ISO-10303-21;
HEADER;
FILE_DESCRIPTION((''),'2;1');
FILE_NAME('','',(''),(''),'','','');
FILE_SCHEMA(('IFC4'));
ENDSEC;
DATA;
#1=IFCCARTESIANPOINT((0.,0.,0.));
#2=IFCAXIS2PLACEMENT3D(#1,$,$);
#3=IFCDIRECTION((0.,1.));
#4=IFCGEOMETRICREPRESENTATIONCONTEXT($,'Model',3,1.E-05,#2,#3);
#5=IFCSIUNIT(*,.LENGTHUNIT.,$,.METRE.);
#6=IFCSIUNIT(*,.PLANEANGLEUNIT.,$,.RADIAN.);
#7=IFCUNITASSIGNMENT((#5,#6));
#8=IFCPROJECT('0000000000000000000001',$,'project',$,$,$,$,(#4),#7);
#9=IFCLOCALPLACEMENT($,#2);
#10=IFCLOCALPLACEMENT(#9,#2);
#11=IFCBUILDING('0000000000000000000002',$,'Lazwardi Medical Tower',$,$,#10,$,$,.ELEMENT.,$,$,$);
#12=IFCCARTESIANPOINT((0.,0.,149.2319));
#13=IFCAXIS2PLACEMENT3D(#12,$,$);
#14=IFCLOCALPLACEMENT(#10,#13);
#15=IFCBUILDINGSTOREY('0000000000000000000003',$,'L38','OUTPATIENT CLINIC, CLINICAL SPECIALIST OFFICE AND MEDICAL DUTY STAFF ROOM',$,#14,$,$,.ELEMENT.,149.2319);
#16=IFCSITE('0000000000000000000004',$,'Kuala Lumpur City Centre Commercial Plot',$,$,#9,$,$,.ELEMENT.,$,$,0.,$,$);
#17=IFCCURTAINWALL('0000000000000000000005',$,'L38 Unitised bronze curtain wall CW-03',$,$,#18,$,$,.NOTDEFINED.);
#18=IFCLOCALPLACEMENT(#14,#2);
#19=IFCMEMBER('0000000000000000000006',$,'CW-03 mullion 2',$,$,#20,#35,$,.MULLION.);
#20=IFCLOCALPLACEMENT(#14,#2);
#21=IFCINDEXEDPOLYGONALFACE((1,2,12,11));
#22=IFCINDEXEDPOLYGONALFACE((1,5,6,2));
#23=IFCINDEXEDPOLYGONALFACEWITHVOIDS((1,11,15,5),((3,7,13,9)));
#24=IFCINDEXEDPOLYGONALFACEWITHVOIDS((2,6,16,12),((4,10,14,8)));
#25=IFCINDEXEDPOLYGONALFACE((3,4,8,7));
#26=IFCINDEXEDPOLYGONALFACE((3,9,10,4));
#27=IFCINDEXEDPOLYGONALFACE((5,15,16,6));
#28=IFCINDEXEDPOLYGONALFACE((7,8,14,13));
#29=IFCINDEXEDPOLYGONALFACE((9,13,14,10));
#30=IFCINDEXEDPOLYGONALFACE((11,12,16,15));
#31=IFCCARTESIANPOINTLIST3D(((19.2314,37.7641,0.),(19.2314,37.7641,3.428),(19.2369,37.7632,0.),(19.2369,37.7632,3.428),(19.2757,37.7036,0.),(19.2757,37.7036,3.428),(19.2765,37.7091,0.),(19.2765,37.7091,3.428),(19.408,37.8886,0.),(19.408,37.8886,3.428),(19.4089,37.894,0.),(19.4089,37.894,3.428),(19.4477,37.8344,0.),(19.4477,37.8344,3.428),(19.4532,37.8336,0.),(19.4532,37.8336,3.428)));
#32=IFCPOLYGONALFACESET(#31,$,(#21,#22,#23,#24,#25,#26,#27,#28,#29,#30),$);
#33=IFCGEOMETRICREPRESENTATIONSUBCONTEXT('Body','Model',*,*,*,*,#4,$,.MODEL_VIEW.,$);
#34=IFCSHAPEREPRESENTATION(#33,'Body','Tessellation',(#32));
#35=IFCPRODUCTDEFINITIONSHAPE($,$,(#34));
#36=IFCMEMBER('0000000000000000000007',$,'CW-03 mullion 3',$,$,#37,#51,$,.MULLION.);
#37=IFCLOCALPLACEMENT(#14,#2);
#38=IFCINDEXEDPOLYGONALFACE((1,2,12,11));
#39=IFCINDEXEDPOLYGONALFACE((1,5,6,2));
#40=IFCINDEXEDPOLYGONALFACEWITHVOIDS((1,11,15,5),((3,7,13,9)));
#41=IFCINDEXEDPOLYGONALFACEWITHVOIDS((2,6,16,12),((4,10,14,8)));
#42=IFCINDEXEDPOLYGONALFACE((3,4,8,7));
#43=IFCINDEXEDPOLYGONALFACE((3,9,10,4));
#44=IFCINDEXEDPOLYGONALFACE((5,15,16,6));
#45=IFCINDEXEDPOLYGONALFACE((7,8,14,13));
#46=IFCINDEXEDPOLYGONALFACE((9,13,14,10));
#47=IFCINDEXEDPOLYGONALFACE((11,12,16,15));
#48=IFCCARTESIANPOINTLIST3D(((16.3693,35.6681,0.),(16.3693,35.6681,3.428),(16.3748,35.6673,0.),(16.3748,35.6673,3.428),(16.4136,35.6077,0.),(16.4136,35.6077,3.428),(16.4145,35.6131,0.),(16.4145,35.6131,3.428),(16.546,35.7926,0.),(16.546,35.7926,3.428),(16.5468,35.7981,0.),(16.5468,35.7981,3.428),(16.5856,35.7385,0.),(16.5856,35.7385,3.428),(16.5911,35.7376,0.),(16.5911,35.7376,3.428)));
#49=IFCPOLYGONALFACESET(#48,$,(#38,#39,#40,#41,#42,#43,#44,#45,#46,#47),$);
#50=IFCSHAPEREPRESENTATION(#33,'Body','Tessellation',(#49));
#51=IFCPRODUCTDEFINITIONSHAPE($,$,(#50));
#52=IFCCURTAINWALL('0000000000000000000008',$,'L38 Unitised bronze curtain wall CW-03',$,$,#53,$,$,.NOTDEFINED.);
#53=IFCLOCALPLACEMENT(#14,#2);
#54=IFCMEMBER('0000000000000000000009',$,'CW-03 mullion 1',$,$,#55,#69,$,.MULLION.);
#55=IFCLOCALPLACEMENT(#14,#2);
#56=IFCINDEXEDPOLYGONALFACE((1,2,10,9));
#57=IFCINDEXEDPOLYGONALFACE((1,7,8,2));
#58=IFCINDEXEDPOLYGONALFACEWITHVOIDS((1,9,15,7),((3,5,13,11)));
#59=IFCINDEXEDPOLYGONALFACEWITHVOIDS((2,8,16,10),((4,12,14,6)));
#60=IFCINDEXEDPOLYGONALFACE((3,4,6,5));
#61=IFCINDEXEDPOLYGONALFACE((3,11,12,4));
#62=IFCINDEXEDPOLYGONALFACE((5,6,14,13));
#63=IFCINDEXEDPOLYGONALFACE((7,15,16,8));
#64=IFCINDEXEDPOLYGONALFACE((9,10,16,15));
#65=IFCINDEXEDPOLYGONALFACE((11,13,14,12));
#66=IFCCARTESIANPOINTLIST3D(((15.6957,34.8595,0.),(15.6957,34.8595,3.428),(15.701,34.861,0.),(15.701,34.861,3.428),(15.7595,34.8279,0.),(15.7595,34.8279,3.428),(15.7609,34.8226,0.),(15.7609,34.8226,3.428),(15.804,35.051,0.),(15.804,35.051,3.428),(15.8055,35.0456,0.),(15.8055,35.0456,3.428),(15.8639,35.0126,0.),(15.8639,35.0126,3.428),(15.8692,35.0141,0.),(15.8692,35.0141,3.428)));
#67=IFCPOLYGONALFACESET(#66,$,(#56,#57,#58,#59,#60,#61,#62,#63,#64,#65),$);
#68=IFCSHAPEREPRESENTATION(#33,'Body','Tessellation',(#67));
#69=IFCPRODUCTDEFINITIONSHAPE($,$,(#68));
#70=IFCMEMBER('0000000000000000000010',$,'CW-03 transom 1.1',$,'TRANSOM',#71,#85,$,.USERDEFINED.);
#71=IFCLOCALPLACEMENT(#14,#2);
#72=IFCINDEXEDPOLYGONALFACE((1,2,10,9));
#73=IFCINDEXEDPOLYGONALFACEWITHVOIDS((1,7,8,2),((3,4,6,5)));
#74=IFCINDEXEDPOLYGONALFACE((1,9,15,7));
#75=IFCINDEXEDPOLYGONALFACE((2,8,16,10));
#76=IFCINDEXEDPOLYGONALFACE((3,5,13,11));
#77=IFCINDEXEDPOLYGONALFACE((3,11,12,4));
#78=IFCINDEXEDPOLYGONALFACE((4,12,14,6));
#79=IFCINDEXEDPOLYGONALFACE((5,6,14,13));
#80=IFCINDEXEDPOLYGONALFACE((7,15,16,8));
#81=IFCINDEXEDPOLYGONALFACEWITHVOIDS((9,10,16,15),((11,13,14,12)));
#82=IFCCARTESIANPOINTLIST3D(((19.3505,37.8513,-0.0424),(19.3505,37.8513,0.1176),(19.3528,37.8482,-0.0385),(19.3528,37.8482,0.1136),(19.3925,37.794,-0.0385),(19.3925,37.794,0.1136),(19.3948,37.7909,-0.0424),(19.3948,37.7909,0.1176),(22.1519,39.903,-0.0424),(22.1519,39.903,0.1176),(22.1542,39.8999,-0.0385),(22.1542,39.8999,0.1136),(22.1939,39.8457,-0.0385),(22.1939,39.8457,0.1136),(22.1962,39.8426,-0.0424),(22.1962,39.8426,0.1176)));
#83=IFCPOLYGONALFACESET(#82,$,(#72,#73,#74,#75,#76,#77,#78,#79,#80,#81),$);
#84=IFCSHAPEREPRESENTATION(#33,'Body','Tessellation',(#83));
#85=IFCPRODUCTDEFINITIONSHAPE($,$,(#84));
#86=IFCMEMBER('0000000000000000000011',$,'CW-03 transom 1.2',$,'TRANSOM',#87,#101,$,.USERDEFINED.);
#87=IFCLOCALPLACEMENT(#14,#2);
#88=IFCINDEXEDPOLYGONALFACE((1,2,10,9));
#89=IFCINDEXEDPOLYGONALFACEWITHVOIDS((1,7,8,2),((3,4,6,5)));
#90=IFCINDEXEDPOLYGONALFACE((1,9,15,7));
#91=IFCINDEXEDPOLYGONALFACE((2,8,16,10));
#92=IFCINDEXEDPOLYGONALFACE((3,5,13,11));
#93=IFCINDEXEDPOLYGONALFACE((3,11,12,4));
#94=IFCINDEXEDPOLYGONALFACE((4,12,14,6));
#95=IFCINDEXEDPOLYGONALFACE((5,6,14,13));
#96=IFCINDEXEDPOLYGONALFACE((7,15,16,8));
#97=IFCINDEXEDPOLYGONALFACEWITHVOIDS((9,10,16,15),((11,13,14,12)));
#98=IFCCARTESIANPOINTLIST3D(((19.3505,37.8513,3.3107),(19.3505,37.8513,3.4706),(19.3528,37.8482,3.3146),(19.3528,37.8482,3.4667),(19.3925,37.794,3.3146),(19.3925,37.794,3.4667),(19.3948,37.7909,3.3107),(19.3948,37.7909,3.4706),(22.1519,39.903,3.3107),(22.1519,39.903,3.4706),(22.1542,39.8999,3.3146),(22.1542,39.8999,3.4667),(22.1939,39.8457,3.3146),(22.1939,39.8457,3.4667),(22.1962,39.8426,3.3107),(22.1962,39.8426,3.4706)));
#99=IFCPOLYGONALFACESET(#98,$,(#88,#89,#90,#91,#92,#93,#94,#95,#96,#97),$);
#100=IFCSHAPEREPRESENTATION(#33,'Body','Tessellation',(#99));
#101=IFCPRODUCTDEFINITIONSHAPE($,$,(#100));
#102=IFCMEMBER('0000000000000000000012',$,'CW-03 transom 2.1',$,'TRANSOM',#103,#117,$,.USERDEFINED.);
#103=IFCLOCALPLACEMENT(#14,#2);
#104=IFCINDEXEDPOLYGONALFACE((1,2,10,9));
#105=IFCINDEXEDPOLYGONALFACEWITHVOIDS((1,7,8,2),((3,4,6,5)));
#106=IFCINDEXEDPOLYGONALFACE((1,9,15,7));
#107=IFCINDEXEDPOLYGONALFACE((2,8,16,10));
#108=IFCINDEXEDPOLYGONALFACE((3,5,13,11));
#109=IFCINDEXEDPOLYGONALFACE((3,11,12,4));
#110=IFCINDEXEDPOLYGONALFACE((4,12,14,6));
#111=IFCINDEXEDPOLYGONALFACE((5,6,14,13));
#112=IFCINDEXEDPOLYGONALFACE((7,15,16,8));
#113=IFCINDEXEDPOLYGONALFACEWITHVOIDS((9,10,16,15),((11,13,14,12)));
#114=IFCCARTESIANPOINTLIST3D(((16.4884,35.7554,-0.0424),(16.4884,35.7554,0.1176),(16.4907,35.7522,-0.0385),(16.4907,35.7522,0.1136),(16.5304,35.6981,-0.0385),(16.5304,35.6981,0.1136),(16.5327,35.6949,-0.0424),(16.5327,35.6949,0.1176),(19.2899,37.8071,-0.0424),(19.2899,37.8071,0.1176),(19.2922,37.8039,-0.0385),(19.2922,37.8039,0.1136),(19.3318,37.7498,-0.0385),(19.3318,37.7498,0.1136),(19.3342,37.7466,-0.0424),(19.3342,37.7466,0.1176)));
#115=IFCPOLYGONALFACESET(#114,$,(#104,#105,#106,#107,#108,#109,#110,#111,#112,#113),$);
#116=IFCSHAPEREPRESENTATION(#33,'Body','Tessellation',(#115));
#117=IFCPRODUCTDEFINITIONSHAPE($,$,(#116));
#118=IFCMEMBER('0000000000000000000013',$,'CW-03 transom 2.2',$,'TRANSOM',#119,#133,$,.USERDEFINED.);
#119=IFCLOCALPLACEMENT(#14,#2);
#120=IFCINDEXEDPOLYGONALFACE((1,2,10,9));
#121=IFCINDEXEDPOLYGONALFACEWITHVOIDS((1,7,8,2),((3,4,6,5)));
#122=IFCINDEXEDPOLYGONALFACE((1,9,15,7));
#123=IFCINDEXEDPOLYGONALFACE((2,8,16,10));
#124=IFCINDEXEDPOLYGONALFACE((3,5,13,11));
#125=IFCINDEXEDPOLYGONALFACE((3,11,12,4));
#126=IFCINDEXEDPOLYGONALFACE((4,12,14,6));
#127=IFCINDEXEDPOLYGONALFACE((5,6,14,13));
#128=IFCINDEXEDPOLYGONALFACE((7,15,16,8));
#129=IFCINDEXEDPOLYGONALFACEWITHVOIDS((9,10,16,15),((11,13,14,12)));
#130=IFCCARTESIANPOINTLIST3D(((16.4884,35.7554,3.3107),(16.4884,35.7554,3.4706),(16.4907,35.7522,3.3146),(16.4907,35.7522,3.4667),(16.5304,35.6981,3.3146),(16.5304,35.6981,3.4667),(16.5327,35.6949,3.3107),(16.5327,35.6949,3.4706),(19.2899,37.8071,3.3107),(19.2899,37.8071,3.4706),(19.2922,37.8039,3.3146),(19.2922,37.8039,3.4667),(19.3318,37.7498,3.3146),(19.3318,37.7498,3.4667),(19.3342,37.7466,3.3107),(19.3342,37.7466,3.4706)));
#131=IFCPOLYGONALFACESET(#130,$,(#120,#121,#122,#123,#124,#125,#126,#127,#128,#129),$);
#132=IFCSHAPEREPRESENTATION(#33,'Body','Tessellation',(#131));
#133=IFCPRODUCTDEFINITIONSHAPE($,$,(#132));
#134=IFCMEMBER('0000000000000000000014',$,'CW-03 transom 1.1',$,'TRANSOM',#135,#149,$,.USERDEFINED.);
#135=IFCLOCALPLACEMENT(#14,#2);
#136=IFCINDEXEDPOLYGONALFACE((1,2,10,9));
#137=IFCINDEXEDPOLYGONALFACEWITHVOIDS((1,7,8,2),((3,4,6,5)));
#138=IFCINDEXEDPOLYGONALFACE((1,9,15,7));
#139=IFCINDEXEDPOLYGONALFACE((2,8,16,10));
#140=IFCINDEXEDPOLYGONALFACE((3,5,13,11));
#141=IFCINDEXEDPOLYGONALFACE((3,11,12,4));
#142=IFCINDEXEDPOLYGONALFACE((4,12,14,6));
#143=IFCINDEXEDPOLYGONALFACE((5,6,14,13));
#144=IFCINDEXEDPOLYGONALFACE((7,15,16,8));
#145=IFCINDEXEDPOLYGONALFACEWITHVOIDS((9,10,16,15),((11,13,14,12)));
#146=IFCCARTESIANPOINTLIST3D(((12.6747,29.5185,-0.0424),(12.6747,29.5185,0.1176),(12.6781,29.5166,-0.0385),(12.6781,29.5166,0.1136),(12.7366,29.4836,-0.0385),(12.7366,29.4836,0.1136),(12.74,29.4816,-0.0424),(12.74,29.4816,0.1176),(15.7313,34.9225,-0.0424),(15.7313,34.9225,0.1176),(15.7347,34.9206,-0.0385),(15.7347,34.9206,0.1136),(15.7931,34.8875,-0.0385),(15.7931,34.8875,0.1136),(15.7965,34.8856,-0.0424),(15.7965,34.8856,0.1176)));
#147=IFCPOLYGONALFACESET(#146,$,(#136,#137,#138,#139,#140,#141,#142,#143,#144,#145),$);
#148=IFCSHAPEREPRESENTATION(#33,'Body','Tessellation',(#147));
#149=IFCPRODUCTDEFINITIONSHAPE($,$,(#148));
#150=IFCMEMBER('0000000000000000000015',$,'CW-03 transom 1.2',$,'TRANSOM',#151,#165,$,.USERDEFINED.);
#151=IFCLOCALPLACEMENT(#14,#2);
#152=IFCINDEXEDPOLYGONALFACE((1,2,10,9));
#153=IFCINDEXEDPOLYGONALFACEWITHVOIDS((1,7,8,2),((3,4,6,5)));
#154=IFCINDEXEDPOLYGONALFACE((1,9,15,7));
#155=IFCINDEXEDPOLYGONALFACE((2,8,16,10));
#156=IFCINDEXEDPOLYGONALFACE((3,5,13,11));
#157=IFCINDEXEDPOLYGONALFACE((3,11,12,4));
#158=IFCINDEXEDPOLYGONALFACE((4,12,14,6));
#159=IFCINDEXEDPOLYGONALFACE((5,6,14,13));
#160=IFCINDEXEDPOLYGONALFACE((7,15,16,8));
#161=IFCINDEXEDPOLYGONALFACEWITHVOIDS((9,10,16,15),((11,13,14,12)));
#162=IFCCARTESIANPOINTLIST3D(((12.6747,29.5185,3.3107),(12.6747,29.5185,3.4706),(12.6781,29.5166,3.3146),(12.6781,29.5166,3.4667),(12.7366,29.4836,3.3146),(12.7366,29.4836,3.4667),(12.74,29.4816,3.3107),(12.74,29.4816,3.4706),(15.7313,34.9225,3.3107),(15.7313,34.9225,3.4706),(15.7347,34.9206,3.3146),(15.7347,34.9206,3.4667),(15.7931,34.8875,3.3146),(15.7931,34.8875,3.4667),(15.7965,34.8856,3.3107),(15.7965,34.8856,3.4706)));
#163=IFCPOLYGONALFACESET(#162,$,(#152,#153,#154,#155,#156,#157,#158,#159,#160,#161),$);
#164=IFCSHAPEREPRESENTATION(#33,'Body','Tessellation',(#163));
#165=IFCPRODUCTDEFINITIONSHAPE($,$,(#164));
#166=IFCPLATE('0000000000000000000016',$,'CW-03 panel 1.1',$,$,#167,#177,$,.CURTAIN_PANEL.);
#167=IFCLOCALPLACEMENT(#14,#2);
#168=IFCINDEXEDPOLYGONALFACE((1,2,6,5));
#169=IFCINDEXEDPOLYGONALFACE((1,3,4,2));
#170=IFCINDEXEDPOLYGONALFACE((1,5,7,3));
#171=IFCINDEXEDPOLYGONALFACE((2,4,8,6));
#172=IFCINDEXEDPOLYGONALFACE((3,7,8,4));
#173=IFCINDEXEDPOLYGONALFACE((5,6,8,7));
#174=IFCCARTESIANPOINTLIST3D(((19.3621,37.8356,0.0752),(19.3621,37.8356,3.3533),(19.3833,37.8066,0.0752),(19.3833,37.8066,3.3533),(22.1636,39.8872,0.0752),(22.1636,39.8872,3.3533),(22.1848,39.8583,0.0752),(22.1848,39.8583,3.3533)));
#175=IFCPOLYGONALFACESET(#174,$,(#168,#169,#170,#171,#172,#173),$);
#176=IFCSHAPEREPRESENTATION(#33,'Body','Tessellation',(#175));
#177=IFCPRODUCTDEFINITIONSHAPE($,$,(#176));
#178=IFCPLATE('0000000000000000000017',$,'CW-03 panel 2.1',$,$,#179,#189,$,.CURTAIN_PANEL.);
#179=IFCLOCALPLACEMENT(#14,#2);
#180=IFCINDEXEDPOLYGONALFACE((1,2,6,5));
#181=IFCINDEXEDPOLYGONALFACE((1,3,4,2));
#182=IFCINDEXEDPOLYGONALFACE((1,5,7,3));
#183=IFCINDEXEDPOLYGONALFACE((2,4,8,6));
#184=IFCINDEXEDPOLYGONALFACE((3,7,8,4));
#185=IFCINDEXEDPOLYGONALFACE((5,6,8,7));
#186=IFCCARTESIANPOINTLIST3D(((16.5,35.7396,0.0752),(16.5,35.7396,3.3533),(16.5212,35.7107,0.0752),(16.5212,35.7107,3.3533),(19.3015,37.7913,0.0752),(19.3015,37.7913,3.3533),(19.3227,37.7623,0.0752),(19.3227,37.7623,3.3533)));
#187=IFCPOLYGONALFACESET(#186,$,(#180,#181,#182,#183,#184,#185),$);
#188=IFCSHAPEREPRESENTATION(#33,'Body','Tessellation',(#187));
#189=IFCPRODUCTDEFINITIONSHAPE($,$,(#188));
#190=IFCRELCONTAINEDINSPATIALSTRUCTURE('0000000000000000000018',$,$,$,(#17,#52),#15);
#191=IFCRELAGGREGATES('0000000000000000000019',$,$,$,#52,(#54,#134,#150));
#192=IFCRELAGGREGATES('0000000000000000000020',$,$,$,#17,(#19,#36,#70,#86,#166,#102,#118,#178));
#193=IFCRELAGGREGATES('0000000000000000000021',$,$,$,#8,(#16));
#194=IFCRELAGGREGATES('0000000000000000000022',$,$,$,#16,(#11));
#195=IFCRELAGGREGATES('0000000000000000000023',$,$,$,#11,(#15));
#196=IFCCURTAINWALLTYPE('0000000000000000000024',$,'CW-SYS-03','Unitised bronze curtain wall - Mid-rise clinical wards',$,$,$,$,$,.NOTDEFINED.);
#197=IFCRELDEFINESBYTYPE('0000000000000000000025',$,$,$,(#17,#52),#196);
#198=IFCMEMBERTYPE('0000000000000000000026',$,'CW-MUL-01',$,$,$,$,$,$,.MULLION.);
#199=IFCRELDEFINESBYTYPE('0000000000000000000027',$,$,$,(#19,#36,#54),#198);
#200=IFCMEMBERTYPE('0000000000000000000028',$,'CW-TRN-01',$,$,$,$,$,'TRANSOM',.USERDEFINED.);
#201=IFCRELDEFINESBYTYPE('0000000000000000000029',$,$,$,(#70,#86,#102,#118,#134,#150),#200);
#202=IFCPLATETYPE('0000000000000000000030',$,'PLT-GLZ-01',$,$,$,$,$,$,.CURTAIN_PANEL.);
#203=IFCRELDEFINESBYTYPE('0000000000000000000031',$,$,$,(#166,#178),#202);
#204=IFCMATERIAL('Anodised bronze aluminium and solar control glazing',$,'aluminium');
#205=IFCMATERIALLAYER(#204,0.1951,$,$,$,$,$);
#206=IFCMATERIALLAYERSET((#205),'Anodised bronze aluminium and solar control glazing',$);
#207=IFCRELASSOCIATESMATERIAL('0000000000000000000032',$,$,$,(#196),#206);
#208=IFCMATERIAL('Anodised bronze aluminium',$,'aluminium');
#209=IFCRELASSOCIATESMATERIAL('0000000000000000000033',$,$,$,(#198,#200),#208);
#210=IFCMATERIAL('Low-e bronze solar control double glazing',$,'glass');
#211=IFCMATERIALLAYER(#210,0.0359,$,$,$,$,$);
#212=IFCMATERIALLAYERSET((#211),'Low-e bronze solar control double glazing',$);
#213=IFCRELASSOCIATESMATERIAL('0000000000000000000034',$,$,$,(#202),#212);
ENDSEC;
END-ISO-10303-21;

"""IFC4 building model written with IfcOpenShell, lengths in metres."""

from ifc_helpers import new_model, si_unit, direction, frame, origin, origin_2d, place, context, subcontext, project, spatial, rectangle, hollow_rectangle, extrude, material, layer, layer_set, material_profile, profile_set, type_object, element, aggregate, save


model = new_model("IFC4")

# Units and contexts
model_context = context("Model", 3, precision=1e-05, world=origin(), true_north=direction((0.0, 1.0)))
body_context = subcontext(model_context, "Body", "Model", "MODEL_VIEW")
ifc_project = project(units=[si_unit("LENGTHUNIT", "METRE"), si_unit("PLANEANGLEUNIT", "RADIAN")], contexts=[model_context])

# Site, building, storey
site_placement = place(None, origin())
site = spatial("IfcSite", under=ifc_project, at=site_placement, Name="Kuala Lumpur City Centre Commercial Plot", CompositionType="ELEMENT", RefElevation=0.0)
building_placement = place(site_placement, origin())
building = spatial("IfcBuilding", under=site, at=building_placement, Name="Lazwardi Medical Tower", CompositionType="ELEMENT")
storey_placement = place(building_placement, frame((0.0, 0.0, 149.2319)))
storey = spatial("IfcBuildingStorey", under=building, at=storey_placement, Name="L38", Description="OUTPATIENT CLINIC, CLINICAL SPECIALIST OFFICE AND MEDICAL DUTY STAFF ROOM", CompositionType="ELEMENT", Elevation=149.2319)

# Shared definitions
ifc_material_1 = material(Name="Anodised bronze aluminium and solar control glazing", Category="aluminium")
ifc_layer_1 = layer(ifc_material_1, 0.1951)
ifc_layer_set_1 = layer_set([ifc_layer_1], Name="Anodised bronze aluminium and solar control glazing")
curtain_wall_type = type_object("IfcCurtainWallType", Name="CW-SYS-03", Description="Unitised bronze curtain wall - Mid-rise clinical wards", PredefinedType="NOTDEFINED", material=ifc_layer_set_1)
ifc_material_2 = material(Name="Anodised bronze aluminium", Category="aluminium")
ifc_material_profile_1 = material_profile(ifc_material_2, hollow_rectangle(XDim=0.075, YDim=0.22, WallThickness=0.0039, at=origin_2d()), Name="ALU-MULLION 220x75x4")
ifc_profile_set_1 = profile_set([ifc_material_profile_1], Name="Anodised bronze aluminium")
member_type_1 = type_object("IfcMemberType", Name="CW-MUL-01", PredefinedType="MULLION", material=ifc_profile_set_1)

# Curtain wall, members
curtain_wall_1_placement = place(storey_placement, origin())
curtain_wall_1 = element("IfcCurtainWall", 1, at=curtain_wall_1_placement, inside=storey, type_object=curtain_wall_type, Name="L38 Unitised bronze curtain wall CW-03", PredefinedType="NOTDEFINED")
member_1_placement = place(storey_placement, frame((19.3423, 37.7988, 0.0), z_axis=(0.0, 0.0, 1.0), x_axis=(0.590834, -0.806793, 0.0)))
member_1 = element("IfcMember", 2, at=member_1_placement, type_object=member_type_1, Name="CW-03 mullion 2", PredefinedType="MULLION", context=body_context, shape_type="SweptSolid", body=[
    extrude(hollow_rectangle(XDim=0.075, YDim=0.22, WallThickness=0.0039, at=origin_2d()), origin(), (0.0, 0.0, 1.0), 3.428),
])
member_2_placement = place(storey_placement, frame((16.4802, 35.7029, 0.0), z_axis=(0.0, 0.0, 1.0), x_axis=(0.590834, -0.806793, 0.0)))
member_2 = element("IfcMember", 3, at=member_2_placement, type_object=member_type_1, Name="CW-03 mullion 3", PredefinedType="MULLION", context=body_context, shape_type="SweptSolid", body=[
    extrude(hollow_rectangle(XDim=0.075, YDim=0.22, WallThickness=0.0039, at=origin_2d()), origin(), (0.0, 0.0, 1.0), 3.428),
])

# Curtain wall, member
curtain_wall_2_placement = place(storey_placement, origin())
curtain_wall_2 = element("IfcCurtainWall", 4, at=curtain_wall_2_placement, inside=storey, type_object=curtain_wall_type, Name="L38 Unitised bronze curtain wall CW-03", PredefinedType="NOTDEFINED")
member_3_placement = place(storey_placement, frame((15.7825, 34.9368, 0.0), z_axis=(0.0, 0.0, 1.0), x_axis=(0.870419, -0.492312, 0.0)))
member_3 = element("IfcMember", 5, at=member_3_placement, type_object=member_type_1, Name="CW-03 mullion 1", PredefinedType="MULLION", context=body_context, shape_type="SweptSolid", body=[
    extrude(hollow_rectangle(XDim=0.075, YDim=0.22, WallThickness=0.0039, at=origin_2d()), origin(), (0.0, 0.0, 1.0), 3.428),
])

# Members
ifc_material_profile_2 = material_profile(ifc_material_2, hollow_rectangle(XDim=0.075, YDim=0.1599, WallThickness=0.0039, at=origin_2d()), Name="ALU-TRANSOM 160x75x4")
ifc_profile_set_2 = profile_set([ifc_material_profile_2], Name="Anodised bronze aluminium")
member_type_2 = type_object("IfcMemberType", Name="CW-TRN-01", ElementType="TRANSOM", PredefinedType="USERDEFINED", material=ifc_profile_set_2)
member_4_placement = place(storey_placement, frame((22.1741, 39.8728, 0.0376), z_axis=(-0.806774, -0.590861, 0.0), x_axis=(0.590861, -0.806774, 0.0)))
member_4 = element("IfcMember", 6, at=member_4_placement, type_object=member_type_2, Name="CW-03 transom 1.1", ObjectType="TRANSOM", PredefinedType="USERDEFINED", context=body_context, shape_type="SweptSolid", body=[
    extrude(hollow_rectangle(XDim=0.075, YDim=0.1599, WallThickness=0.0039, at=origin_2d()), origin(), (0.0, 0.0, 1.0), 3.4724),
])
member_5_placement = place(storey_placement, frame((22.1741, 39.8728, 3.3906), z_axis=(-0.806774, -0.590861, 0.0), x_axis=(0.590861, -0.806774, 0.0)))
member_5 = element("IfcMember", 7, at=member_5_placement, type_object=member_type_2, Name="CW-03 transom 1.2", ObjectType="TRANSOM", PredefinedType="USERDEFINED", context=body_context, shape_type="SweptSolid", body=[
    extrude(hollow_rectangle(XDim=0.075, YDim=0.1599, WallThickness=0.0039, at=origin_2d()), origin(), (0.0, 0.0, 1.0), 3.4724),
])
member_6_placement = place(storey_placement, frame((19.312, 37.7769, 0.0376), z_axis=(-0.806774, -0.590861, 0.0), x_axis=(0.590861, -0.806774, 0.0)))
member_6 = element("IfcMember", 8, at=member_6_placement, type_object=member_type_2, Name="CW-03 transom 2.1", ObjectType="TRANSOM", PredefinedType="USERDEFINED", context=body_context, shape_type="SweptSolid", body=[
    extrude(hollow_rectangle(XDim=0.075, YDim=0.1599, WallThickness=0.0039, at=origin_2d()), origin(), (0.0, 0.0, 1.0), 3.4724),
])
member_7_placement = place(storey_placement, frame((19.312, 37.7769, 3.3906), z_axis=(-0.806774, -0.590861, 0.0), x_axis=(0.590861, -0.806774, 0.0)))
member_7 = element("IfcMember", 9, at=member_7_placement, type_object=member_type_2, Name="CW-03 transom 2.2", ObjectType="TRANSOM", PredefinedType="USERDEFINED", context=body_context, shape_type="SweptSolid", body=[
    extrude(hollow_rectangle(XDim=0.075, YDim=0.1599, WallThickness=0.0039, at=origin_2d()), origin(), (0.0, 0.0, 1.0), 3.4724),
])
member_8_placement = place(storey_placement, frame((15.7639, 34.9041, 0.0376), z_axis=(-0.492323, -0.870413, 0.0), x_axis=(0.870413, -0.492323, 0.0)))
member_8 = element("IfcMember", 10, at=member_8_placement, type_object=member_type_2, Name="CW-03 transom 1.1", ObjectType="TRANSOM", PredefinedType="USERDEFINED", context=body_context, shape_type="SweptSolid", body=[
    extrude(hollow_rectangle(XDim=0.075, YDim=0.1599, WallThickness=0.0039, at=origin_2d()), origin(), (0.0, 0.0, 1.0), 6.2085),
])
member_9_placement = place(storey_placement, frame((15.7639, 34.9041, 3.3906), z_axis=(-0.492323, -0.870413, 0.0), x_axis=(0.870413, -0.492323, 0.0)))
member_9 = element("IfcMember", 11, at=member_9_placement, type_object=member_type_2, Name="CW-03 transom 1.2", ObjectType="TRANSOM", PredefinedType="USERDEFINED", context=body_context, shape_type="SweptSolid", body=[
    extrude(hollow_rectangle(XDim=0.075, YDim=0.1599, WallThickness=0.0039, at=origin_2d()), origin(), (0.0, 0.0, 1.0), 6.2085),
])
aggregate(curtain_wall_2, [member_3, member_8, member_9])

# Plates
ifc_material_3 = material(Name="Low-e bronze solar control double glazing", Category="glass")
ifc_layer_2 = layer(ifc_material_3, 0.0359)
ifc_layer_set_2 = layer_set([ifc_layer_2], Name="Low-e bronze solar control double glazing")
plate_type = type_object("IfcPlateType", Name="PLT-GLZ-01", PredefinedType="CURTAIN_PANEL", material=ifc_layer_set_2)
plate_1_placement = place(storey_placement, frame((20.7734, 38.8469, 0.0752), z_axis=(0.0, 0.0, 1.0), x_axis=(-0.806793, -0.590834, 0.0)))
plate_1 = element("IfcPlate", 12, at=plate_1_placement, type_object=plate_type, Name="CW-03 panel 1.1", PredefinedType="CURTAIN_PANEL", context=body_context, shape_type="SweptSolid", body=[
    extrude(rectangle(XDim=3.4724, YDim=0.0359, at=origin_2d()), origin(), (0.0, 0.0, 1.0), 3.2781),
])
plate_2_placement = place(storey_placement, frame((17.9114, 36.751, 0.0752), z_axis=(0.0, 0.0, 1.0), x_axis=(-0.806793, -0.590834, 0.0)))
plate_2 = element("IfcPlate", 13, at=plate_2_placement, type_object=plate_type, Name="CW-03 panel 2.1", PredefinedType="CURTAIN_PANEL", context=body_context, shape_type="SweptSolid", body=[
    extrude(rectangle(XDim=3.4724, YDim=0.0359, at=origin_2d()), origin(), (0.0, 0.0, 1.0), 3.2781),
])
aggregate(curtain_wall_1, [member_1, member_2, member_4, member_5, plate_1, member_6, member_7, plate_2])

save(model, "model.ifc")
